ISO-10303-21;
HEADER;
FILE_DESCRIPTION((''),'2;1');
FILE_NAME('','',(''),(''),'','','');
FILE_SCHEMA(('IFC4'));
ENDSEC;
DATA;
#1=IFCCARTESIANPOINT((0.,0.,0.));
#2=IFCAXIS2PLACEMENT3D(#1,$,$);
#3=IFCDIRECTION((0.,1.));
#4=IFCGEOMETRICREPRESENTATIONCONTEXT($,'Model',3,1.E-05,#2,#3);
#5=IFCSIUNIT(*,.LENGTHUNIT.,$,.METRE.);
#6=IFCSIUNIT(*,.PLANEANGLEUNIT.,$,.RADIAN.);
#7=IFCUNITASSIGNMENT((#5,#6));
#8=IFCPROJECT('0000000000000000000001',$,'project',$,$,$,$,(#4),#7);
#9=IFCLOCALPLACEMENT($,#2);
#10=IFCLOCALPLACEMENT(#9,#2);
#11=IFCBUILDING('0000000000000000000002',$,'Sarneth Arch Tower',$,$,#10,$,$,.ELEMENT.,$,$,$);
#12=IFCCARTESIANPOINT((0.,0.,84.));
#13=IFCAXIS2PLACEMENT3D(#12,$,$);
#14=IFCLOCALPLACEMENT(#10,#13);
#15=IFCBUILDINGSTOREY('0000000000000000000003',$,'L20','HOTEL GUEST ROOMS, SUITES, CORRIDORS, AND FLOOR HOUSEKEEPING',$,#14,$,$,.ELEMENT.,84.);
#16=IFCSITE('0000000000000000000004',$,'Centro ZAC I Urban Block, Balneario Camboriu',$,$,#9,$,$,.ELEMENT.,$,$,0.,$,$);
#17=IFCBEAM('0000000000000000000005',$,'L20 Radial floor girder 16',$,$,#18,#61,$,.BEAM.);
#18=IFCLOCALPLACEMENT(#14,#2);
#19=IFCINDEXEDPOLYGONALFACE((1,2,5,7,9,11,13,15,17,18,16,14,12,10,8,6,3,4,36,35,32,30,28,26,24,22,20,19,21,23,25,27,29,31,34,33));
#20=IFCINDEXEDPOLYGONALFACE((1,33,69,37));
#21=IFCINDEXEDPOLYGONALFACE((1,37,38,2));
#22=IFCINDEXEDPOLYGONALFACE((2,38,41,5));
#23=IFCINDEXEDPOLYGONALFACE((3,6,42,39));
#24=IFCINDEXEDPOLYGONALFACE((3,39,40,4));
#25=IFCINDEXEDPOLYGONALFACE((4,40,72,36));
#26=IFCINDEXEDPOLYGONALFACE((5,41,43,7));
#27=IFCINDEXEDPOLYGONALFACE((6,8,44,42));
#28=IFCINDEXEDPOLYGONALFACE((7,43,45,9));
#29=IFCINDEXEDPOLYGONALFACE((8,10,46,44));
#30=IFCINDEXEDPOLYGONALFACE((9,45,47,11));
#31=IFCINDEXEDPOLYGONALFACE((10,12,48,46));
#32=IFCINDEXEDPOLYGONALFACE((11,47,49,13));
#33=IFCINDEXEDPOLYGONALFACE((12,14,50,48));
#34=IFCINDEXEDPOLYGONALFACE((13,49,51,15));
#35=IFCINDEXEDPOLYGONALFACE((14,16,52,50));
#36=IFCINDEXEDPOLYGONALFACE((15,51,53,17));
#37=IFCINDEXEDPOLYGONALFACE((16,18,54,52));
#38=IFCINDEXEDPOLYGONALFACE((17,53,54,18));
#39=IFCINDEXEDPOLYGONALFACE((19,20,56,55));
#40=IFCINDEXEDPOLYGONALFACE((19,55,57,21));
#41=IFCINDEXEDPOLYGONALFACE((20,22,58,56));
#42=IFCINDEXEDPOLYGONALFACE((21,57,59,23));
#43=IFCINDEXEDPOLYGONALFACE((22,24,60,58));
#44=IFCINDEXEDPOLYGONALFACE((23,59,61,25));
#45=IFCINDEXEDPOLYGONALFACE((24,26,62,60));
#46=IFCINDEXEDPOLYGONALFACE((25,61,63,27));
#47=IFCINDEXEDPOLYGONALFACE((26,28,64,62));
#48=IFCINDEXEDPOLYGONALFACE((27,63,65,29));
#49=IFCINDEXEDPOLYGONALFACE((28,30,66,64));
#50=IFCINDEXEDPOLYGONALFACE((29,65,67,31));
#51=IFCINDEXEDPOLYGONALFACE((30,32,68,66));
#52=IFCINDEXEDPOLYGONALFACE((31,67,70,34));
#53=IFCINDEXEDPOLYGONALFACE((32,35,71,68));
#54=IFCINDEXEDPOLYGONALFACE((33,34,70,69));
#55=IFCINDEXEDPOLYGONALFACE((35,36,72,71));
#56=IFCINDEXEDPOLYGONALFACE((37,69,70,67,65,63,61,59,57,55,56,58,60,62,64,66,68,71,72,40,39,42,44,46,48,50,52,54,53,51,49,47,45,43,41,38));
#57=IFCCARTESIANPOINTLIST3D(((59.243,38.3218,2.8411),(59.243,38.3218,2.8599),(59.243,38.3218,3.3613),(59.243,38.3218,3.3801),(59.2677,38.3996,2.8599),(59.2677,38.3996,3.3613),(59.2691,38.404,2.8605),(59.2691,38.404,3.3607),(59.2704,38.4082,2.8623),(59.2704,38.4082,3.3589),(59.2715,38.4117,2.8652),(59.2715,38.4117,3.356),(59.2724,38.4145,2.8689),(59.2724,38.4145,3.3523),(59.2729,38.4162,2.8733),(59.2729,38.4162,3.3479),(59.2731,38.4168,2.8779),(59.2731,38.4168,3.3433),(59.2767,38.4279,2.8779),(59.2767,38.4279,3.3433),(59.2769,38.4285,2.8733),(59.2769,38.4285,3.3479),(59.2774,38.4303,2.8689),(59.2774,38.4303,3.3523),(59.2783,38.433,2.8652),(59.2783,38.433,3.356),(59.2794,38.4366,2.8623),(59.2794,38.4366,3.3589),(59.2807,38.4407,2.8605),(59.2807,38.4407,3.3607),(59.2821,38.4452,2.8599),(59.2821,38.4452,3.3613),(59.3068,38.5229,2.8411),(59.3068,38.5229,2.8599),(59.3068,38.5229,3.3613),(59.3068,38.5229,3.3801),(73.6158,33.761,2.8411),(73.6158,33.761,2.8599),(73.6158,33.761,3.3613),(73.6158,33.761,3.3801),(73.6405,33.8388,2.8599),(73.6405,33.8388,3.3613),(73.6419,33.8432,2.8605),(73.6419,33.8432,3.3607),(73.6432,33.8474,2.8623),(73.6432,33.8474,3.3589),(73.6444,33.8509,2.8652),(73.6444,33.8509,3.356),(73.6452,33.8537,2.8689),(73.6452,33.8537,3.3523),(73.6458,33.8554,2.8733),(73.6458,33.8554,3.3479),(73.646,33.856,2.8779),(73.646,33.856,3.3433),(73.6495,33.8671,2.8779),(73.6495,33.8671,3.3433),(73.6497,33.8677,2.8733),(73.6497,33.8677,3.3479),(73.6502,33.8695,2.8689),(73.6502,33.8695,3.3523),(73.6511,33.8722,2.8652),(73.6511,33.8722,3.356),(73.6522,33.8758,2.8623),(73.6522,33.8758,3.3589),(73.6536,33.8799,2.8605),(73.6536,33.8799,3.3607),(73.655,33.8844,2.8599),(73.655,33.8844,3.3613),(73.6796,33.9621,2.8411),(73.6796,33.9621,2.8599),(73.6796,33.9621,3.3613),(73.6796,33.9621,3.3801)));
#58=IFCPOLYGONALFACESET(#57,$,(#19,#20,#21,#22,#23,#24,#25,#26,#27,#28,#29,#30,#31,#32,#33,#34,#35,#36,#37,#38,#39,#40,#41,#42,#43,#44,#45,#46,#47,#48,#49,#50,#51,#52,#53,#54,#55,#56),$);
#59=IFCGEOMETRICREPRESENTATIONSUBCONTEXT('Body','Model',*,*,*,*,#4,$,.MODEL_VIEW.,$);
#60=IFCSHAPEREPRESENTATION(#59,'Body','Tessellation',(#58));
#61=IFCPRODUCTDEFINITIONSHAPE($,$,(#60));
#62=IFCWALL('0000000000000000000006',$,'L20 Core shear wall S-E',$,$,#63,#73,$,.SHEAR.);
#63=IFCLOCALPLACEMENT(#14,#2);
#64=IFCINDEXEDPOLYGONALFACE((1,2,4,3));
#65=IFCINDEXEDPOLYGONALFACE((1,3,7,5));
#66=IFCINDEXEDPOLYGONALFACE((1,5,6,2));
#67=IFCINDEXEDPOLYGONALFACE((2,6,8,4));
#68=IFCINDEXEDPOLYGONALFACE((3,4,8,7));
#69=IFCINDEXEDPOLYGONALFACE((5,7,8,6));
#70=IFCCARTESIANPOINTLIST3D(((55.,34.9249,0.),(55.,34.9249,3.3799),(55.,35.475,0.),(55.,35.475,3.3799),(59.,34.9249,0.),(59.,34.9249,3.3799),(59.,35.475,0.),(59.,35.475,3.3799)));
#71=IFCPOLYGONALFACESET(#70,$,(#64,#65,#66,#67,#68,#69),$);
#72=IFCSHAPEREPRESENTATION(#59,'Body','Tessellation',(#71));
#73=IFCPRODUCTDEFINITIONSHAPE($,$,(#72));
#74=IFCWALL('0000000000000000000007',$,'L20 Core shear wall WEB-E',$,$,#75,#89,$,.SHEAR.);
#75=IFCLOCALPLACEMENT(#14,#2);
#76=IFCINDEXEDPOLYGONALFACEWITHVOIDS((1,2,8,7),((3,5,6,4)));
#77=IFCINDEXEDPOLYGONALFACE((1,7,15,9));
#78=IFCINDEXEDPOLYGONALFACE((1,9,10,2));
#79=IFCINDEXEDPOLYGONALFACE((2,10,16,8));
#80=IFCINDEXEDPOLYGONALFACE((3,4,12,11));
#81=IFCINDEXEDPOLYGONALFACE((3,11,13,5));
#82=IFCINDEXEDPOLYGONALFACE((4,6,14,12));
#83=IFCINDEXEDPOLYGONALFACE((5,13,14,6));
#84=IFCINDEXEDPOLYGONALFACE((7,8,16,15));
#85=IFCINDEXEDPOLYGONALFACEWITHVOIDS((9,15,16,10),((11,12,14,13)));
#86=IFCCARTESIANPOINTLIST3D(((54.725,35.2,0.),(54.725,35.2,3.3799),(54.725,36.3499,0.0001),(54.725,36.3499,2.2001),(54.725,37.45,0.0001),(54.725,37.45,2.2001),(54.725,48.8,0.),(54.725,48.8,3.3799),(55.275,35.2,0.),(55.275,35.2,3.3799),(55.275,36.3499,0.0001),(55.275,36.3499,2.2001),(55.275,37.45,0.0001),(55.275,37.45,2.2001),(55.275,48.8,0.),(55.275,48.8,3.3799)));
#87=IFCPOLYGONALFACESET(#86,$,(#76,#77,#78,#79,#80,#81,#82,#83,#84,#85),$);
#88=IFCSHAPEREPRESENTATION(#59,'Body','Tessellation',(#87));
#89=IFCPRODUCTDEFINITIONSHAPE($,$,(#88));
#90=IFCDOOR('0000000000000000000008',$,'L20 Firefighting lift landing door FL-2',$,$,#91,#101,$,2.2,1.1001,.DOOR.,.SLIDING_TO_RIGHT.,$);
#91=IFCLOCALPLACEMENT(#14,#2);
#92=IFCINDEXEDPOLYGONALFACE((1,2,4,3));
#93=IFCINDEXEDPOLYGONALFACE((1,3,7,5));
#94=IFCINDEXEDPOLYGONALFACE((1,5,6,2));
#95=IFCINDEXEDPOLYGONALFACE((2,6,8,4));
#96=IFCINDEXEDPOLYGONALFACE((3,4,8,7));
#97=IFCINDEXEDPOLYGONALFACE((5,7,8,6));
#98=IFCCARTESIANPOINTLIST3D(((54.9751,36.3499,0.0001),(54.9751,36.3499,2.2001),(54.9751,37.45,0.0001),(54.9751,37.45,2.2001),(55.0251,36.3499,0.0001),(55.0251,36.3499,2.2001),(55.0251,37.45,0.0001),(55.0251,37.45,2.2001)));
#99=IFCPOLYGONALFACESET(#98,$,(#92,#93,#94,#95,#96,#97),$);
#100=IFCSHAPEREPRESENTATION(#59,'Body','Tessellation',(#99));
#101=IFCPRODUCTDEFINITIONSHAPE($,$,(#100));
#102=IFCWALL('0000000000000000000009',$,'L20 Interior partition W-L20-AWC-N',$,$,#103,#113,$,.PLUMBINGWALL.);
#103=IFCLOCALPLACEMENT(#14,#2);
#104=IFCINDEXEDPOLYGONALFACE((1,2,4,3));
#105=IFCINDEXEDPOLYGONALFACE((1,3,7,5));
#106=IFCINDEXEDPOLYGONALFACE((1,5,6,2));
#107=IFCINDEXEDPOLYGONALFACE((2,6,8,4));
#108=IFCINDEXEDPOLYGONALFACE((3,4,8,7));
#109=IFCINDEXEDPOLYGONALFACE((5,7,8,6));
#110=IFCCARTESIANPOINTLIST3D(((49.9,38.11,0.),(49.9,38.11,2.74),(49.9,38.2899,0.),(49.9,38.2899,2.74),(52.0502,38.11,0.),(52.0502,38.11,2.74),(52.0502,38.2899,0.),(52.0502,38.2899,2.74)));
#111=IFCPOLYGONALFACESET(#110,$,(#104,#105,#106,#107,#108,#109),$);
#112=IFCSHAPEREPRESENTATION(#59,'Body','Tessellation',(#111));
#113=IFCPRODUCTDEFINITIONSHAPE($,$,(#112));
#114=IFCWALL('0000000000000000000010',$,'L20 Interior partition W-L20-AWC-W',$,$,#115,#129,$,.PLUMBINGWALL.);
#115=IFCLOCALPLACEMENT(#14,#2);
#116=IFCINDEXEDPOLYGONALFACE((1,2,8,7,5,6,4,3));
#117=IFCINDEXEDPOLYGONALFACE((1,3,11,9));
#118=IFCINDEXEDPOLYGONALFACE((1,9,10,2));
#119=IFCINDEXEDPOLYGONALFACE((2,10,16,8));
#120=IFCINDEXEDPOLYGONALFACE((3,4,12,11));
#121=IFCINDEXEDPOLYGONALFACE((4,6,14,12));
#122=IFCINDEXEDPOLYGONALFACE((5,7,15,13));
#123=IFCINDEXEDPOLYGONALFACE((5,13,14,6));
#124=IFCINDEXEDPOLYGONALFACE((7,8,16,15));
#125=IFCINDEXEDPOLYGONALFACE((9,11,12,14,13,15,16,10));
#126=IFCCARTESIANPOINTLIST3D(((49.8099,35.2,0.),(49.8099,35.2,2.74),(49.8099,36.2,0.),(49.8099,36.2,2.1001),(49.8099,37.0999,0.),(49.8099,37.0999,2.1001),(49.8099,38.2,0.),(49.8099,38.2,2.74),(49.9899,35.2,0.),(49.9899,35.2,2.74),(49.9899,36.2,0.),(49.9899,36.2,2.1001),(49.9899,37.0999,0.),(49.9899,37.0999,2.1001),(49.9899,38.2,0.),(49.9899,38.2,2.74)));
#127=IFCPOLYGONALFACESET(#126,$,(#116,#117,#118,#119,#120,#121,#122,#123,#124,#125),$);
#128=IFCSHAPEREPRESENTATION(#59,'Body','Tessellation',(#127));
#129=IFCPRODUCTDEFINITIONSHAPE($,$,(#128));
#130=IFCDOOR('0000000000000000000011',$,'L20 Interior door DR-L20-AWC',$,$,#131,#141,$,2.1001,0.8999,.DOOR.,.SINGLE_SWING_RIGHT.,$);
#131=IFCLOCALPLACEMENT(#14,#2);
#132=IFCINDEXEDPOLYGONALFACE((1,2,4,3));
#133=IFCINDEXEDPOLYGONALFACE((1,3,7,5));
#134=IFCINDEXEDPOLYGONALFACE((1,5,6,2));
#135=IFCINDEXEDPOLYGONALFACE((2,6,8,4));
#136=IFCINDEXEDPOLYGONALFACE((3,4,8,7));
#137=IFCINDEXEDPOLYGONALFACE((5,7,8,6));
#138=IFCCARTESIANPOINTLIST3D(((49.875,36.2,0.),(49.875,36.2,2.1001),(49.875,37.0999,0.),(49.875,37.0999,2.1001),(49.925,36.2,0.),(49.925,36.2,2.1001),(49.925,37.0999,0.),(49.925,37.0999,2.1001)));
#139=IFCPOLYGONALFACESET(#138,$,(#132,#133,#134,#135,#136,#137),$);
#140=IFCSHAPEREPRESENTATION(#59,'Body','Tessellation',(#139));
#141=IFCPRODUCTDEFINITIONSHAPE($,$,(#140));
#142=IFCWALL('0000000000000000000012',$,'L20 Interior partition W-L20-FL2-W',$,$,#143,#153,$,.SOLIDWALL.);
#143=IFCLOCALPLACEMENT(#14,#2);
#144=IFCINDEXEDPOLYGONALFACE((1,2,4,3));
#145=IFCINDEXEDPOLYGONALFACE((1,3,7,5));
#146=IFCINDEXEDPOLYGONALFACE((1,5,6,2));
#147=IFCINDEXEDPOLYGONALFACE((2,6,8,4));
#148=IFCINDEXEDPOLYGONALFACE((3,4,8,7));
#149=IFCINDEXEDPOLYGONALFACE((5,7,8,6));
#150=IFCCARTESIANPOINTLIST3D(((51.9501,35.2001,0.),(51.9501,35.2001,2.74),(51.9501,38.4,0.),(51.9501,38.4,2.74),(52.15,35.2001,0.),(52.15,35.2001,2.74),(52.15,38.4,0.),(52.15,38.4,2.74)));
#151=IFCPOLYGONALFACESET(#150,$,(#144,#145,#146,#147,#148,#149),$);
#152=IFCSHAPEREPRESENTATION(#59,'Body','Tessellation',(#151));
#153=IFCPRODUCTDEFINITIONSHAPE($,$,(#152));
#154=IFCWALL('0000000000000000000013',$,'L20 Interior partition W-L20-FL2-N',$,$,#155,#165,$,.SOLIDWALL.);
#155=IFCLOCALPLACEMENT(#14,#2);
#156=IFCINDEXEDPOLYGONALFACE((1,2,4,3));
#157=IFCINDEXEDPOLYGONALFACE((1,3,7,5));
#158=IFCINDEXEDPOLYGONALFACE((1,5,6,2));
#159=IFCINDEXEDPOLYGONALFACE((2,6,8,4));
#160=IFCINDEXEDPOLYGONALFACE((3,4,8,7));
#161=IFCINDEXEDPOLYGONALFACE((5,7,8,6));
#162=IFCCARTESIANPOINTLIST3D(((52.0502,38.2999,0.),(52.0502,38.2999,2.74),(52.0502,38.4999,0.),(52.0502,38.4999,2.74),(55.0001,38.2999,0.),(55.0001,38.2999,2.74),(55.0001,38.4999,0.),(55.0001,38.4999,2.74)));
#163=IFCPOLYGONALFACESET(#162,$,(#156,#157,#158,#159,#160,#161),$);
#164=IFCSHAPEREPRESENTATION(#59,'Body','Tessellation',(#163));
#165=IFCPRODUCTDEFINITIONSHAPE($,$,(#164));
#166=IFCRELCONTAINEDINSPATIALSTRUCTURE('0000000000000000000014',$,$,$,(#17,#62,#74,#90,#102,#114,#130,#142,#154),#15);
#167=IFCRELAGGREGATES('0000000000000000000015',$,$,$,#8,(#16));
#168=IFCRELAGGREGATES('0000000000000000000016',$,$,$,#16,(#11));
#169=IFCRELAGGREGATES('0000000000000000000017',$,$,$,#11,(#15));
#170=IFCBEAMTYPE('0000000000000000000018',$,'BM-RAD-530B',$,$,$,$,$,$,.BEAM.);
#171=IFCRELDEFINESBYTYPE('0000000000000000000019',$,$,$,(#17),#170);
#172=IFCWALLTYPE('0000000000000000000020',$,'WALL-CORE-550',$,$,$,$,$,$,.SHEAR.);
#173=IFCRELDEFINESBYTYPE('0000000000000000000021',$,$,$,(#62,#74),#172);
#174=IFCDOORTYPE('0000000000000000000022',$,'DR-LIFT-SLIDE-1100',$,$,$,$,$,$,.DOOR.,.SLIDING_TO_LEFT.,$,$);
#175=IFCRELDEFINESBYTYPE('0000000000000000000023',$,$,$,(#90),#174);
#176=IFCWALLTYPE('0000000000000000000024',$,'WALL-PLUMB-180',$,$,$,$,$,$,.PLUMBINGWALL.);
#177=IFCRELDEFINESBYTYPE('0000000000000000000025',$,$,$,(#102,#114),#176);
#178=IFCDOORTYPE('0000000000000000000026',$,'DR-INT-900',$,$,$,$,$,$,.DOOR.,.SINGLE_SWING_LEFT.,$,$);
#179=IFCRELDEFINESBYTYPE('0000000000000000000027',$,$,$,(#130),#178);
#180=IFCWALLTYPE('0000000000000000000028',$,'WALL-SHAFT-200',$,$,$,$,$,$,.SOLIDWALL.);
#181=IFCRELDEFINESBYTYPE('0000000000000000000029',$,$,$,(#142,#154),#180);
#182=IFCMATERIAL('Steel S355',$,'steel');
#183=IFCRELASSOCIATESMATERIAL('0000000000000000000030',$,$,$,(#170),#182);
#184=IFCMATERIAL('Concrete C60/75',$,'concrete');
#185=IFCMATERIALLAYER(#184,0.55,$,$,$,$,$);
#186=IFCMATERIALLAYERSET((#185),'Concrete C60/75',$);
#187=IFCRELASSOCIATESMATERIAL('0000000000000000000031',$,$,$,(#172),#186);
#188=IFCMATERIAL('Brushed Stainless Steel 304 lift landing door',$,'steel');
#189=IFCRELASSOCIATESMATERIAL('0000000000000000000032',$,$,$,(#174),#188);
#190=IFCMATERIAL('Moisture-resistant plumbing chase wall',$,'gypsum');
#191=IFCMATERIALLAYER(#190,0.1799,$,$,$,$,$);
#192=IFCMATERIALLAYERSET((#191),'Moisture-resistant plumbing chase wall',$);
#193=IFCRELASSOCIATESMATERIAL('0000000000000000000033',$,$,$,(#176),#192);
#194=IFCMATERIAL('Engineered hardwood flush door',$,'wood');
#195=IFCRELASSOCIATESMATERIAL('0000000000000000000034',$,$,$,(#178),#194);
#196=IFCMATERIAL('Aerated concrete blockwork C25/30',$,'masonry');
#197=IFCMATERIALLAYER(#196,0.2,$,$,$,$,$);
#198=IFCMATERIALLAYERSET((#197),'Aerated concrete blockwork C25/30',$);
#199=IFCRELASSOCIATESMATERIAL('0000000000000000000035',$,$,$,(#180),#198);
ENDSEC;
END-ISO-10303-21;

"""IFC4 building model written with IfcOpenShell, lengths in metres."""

from ifc_helpers import new_model, si_unit, direction, frame, frame_2d, origin, origin_2d, place, context, subcontext, project, spatial, rectangle, i_section, extrude, material, layer, layer_set, material_profile, profile_set, type_object, element, fill, save


model = new_model("IFC4")

# Units and contexts
model_context = context("Model", 3, precision=1e-05, world=origin(), true_north=direction((0.0, 1.0)))
body_context = subcontext(model_context, "Body", "Model", "MODEL_VIEW")
ifc_project = project(units=[si_unit("LENGTHUNIT", "METRE"), si_unit("PLANEANGLEUNIT", "RADIAN")], contexts=[model_context])

# Site, building, storey
site_placement = place(None, origin())
site = spatial("IfcSite", under=ifc_project, at=site_placement, Name="Centro ZAC I Urban Block, Balneario Camboriu", CompositionType="ELEMENT", RefElevation=0.0)
building_placement = place(site_placement, origin())
building = spatial("IfcBuilding", under=site, at=building_placement, Name="Sarneth Arch Tower", CompositionType="ELEMENT")
storey_placement = place(building_placement, frame((0.0, 0.0, 84.0)))
storey = spatial("IfcBuildingStorey", under=building, at=storey_placement, Name="L20", Description="HOTEL GUEST ROOMS, SUITES, CORRIDORS, AND FLOOR HOUSEKEEPING", CompositionType="ELEMENT", Elevation=84.0)

# Beam
ifc_material_1 = material(Name="Steel S355", Category="steel")
ifc_material_profile_1 = material_profile(ifc_material_1, i_section(OverallWidth=0.2109, OverallDepth=0.5391, WebThickness=0.0117, FlangeThickness=0.0188, FilletRadius=0.0181, at=origin_2d()), Name="W530x109")
ifc_profile_set_1 = profile_set([ifc_material_profile_1], Name="Steel S355")
beam_type_1 = type_object("IfcBeamType", Name="BM-RAD-530B", PredefinedType="BEAM", material=ifc_profile_set_1)
beam_1_placement = place(storey_placement, frame((59.2749, 38.4224, 3.1106), z_axis=(0.953163, -0.302458, 0.0), x_axis=(0.302458, 0.953163, 0.0)))
element("IfcBeam", 1, at=beam_1_placement, inside=storey, type_object=beam_type_1, Name="L20 Radial floor girder 16", PredefinedType="BEAM", context=body_context, shape_type="SweptSolid", body=[
    extrude(i_section(OverallWidth=0.2109, OverallDepth=0.5391, WebThickness=0.0117, FlangeThickness=0.0188, FilletRadius=0.0181, at=origin_2d()), origin(), (0.0, 0.0, 1.0), 15.0791),
])

# Wall
ifc_material_2 = material(Name="Concrete C60/75", Category="concrete")
ifc_layer_1 = layer(ifc_material_2, 0.55)
ifc_layer_set_1 = layer_set([ifc_layer_1], Name="Concrete C60/75")
wall_type_1 = type_object("IfcWallType", Name="WALL-CORE-550", PredefinedType="SHEAR", material=ifc_layer_set_1)
wall_1_placement = place(storey_placement, frame((55.0, 35.2, 0.0), z_axis=(0.0, 0.0, 1.0), x_axis=(1.0, 0.0, 0.0)))
element("IfcWall", 2, at=wall_1_placement, inside=storey, type_object=wall_type_1, Name="L20 Core shear wall S-E", PredefinedType="SHEAR", context=body_context, shape_type="SweptSolid", body=[
    extrude(rectangle(XDim=4.0, YDim=0.55, at=frame_2d((2.0, 0.0))), origin(), (0.0, 0.0, 1.0), 3.3799),
])

# Wall, opening, door
wall_2_placement = place(storey_placement, frame((55.0, 35.2, 0.0), z_axis=(0.0, 0.0, 1.0), x_axis=(0.0, 1.0, 0.0)))
wall_2 = element("IfcWall", 3, at=wall_2_placement, inside=storey, type_object=wall_type_1, Name="L20 Core shear wall WEB-E", PredefinedType="SHEAR", context=body_context, shape_type="SweptSolid", body=[
    extrude(rectangle(XDim=13.6001, YDim=0.55, at=frame_2d((6.8, 0.0))), origin(), (0.0, 0.0, 1.0), 3.3799),
])
opening_1_placement = place(wall_2_placement, frame((1.1499, 0.0, 0.0)))
opening_1 = element("IfcOpeningElement", 4, at=opening_1_placement, cuts=wall_2, PredefinedType="OPENING", context=body_context, shape_type="SweptSolid", body=[
    extrude(rectangle(XDim=1.1001, YDim=2.2, at=frame_2d((0.55, 1.1001))), frame((0.0, 0.2849, 0.0), z_axis=(0.0, -1.0, 0.0), x_axis=(1.0, 0.0, 0.0)), (0.0, 0.0, 1.0), 0.5701),
])
ifc_material_3 = material(Name="Brushed Stainless Steel 304 lift landing door", Category="steel")
door_type_1 = type_object("IfcDoorType", Name="DR-LIFT-SLIDE-1100", OperationType="SLIDING_TO_LEFT", PredefinedType="DOOR", material=ifc_material_3)
door_1_placement = place(opening_1_placement, origin())
door_1 = element("IfcDoor", 5, at=door_1_placement, inside=storey, type_object=door_type_1, Name="L20 Firefighting lift landing door FL-2", OperationType="SLIDING_TO_RIGHT", OverallHeight=2.2, OverallWidth=1.1001, PredefinedType="DOOR", context=body_context, shape_type="SweptSolid", body=[
    extrude(rectangle(XDim=1.1001, YDim=2.2, at=frame_2d((0.55, 1.1001))), frame((0.0, 0.0249, 0.0), z_axis=(0.0, -1.0, 0.0), x_axis=(1.0, 0.0, 0.0)), (0.0, 0.0, 1.0), 0.05),
])
fill(opening_1, door_1)

# Wall
ifc_material_4 = material(Name="Moisture-resistant plumbing chase wall", Category="gypsum")
ifc_layer_2 = layer(ifc_material_4, 0.1799)
ifc_layer_set_2 = layer_set([ifc_layer_2], Name="Moisture-resistant plumbing chase wall")
wall_type_2 = type_object("IfcWallType", Name="WALL-PLUMB-180", PredefinedType="PLUMBINGWALL", material=ifc_layer_set_2)
wall_3_placement = place(storey_placement, frame((49.8999, 38.2, 0.0), z_axis=(0.0, 0.0, 1.0), x_axis=(1.0, 0.0, 0.0)))
element("IfcWall", 6, at=wall_3_placement, inside=storey, type_object=wall_type_2, Name="L20 Interior partition W-L20-AWC-N", PredefinedType="PLUMBINGWALL", context=body_context, shape_type="SweptSolid", body=[
    extrude(rectangle(XDim=2.1501, YDim=0.1799, at=frame_2d((1.0752, 0.0))), origin(), (0.0, 0.0, 1.0), 2.74),
])

# Wall, opening, door
wall_4_placement = place(storey_placement, frame((49.8999, 35.2, 0.0), z_axis=(0.0, 0.0, 1.0), x_axis=(0.0, 1.0, 0.0)))
wall_4 = element("IfcWall", 7, at=wall_4_placement, inside=storey, type_object=wall_type_2, Name="L20 Interior partition W-L20-AWC-W", PredefinedType="PLUMBINGWALL", context=body_context, shape_type="SweptSolid", body=[
    extrude(rectangle(XDim=3.0, YDim=0.1799, at=frame_2d((1.5, 0.0))), origin(), (0.0, 0.0, 1.0), 2.74),
])
opening_2_placement = place(wall_4_placement, frame((1.0, 0.0, 0.0)))
opening_2 = element("IfcOpeningElement", 8, at=opening_2_placement, cuts=wall_4, PredefinedType="OPENING", context=body_context, shape_type="SweptSolid", body=[
    extrude(rectangle(XDim=0.8999, YDim=2.1001, at=frame_2d((0.45, 1.05))), frame((0.0, 0.0999, 0.0), z_axis=(0.0, -1.0, 0.0), x_axis=(1.0, 0.0, 0.0)), (0.0, 0.0, 1.0), 0.2),
])
ifc_material_5 = material(Name="Engineered hardwood flush door", Category="wood")
door_type_2 = type_object("IfcDoorType", Name="DR-INT-900", OperationType="SINGLE_SWING_LEFT", PredefinedType="DOOR", material=ifc_material_5)
door_2_placement = place(opening_2_placement, origin())
door_2 = element("IfcDoor", 9, at=door_2_placement, inside=storey, type_object=door_type_2, Name="L20 Interior door DR-L20-AWC", OperationType="SINGLE_SWING_RIGHT", OverallHeight=2.1001, OverallWidth=0.8999, PredefinedType="DOOR", context=body_context, shape_type="SweptSolid", body=[
    extrude(rectangle(XDim=0.8999, YDim=2.1001, at=frame_2d((0.45, 1.05))), frame((0.0, 0.0249, 0.0), z_axis=(0.0, -1.0, 0.0), x_axis=(1.0, 0.0, 0.0)), (0.0, 0.0, 1.0), 0.05),
])
fill(opening_2, door_2)
ifc_material_6 = material(Name="Aerated concrete blockwork C25/30", Category="masonry")
ifc_layer_3 = layer(ifc_material_6, 0.2)
ifc_layer_set_3 = layer_set([ifc_layer_3], Name="Aerated concrete blockwork C25/30")
wall_type_3 = type_object("IfcWallType", Name="WALL-SHAFT-200", PredefinedType="SOLIDWALL", material=ifc_layer_set_3)

# Walls
wall_5_placement = place(storey_placement, frame((52.05, 35.2, 0.0), z_axis=(0.0, 0.0, 1.0), x_axis=(0.0, 1.0, 0.0)))
element("IfcWall", 10, at=wall_5_placement, inside=storey, type_object=wall_type_3, Name="L20 Interior partition W-L20-FL2-W", PredefinedType="SOLIDWALL", context=body_context, shape_type="SweptSolid", body=[
    extrude(rectangle(XDim=3.2, YDim=0.2, at=frame_2d((1.6001, 0.0))), origin(), (0.0, 0.0, 1.0), 2.74),
])
wall_6_placement = place(storey_placement, frame((52.05, 38.3999, 0.0), z_axis=(0.0, 0.0, 1.0), x_axis=(1.0, 0.0, 0.0)))
element("IfcWall", 11, at=wall_6_placement, inside=storey, type_object=wall_type_3, Name="L20 Interior partition W-L20-FL2-N", PredefinedType="SOLIDWALL", context=body_context, shape_type="SweptSolid", body=[
    extrude(rectangle(XDim=2.95, YDim=0.2, at=frame_2d((1.4751, 0.0))), origin(), (0.0, 0.0, 1.0), 2.74),
])

save(model, "model.ifc")
